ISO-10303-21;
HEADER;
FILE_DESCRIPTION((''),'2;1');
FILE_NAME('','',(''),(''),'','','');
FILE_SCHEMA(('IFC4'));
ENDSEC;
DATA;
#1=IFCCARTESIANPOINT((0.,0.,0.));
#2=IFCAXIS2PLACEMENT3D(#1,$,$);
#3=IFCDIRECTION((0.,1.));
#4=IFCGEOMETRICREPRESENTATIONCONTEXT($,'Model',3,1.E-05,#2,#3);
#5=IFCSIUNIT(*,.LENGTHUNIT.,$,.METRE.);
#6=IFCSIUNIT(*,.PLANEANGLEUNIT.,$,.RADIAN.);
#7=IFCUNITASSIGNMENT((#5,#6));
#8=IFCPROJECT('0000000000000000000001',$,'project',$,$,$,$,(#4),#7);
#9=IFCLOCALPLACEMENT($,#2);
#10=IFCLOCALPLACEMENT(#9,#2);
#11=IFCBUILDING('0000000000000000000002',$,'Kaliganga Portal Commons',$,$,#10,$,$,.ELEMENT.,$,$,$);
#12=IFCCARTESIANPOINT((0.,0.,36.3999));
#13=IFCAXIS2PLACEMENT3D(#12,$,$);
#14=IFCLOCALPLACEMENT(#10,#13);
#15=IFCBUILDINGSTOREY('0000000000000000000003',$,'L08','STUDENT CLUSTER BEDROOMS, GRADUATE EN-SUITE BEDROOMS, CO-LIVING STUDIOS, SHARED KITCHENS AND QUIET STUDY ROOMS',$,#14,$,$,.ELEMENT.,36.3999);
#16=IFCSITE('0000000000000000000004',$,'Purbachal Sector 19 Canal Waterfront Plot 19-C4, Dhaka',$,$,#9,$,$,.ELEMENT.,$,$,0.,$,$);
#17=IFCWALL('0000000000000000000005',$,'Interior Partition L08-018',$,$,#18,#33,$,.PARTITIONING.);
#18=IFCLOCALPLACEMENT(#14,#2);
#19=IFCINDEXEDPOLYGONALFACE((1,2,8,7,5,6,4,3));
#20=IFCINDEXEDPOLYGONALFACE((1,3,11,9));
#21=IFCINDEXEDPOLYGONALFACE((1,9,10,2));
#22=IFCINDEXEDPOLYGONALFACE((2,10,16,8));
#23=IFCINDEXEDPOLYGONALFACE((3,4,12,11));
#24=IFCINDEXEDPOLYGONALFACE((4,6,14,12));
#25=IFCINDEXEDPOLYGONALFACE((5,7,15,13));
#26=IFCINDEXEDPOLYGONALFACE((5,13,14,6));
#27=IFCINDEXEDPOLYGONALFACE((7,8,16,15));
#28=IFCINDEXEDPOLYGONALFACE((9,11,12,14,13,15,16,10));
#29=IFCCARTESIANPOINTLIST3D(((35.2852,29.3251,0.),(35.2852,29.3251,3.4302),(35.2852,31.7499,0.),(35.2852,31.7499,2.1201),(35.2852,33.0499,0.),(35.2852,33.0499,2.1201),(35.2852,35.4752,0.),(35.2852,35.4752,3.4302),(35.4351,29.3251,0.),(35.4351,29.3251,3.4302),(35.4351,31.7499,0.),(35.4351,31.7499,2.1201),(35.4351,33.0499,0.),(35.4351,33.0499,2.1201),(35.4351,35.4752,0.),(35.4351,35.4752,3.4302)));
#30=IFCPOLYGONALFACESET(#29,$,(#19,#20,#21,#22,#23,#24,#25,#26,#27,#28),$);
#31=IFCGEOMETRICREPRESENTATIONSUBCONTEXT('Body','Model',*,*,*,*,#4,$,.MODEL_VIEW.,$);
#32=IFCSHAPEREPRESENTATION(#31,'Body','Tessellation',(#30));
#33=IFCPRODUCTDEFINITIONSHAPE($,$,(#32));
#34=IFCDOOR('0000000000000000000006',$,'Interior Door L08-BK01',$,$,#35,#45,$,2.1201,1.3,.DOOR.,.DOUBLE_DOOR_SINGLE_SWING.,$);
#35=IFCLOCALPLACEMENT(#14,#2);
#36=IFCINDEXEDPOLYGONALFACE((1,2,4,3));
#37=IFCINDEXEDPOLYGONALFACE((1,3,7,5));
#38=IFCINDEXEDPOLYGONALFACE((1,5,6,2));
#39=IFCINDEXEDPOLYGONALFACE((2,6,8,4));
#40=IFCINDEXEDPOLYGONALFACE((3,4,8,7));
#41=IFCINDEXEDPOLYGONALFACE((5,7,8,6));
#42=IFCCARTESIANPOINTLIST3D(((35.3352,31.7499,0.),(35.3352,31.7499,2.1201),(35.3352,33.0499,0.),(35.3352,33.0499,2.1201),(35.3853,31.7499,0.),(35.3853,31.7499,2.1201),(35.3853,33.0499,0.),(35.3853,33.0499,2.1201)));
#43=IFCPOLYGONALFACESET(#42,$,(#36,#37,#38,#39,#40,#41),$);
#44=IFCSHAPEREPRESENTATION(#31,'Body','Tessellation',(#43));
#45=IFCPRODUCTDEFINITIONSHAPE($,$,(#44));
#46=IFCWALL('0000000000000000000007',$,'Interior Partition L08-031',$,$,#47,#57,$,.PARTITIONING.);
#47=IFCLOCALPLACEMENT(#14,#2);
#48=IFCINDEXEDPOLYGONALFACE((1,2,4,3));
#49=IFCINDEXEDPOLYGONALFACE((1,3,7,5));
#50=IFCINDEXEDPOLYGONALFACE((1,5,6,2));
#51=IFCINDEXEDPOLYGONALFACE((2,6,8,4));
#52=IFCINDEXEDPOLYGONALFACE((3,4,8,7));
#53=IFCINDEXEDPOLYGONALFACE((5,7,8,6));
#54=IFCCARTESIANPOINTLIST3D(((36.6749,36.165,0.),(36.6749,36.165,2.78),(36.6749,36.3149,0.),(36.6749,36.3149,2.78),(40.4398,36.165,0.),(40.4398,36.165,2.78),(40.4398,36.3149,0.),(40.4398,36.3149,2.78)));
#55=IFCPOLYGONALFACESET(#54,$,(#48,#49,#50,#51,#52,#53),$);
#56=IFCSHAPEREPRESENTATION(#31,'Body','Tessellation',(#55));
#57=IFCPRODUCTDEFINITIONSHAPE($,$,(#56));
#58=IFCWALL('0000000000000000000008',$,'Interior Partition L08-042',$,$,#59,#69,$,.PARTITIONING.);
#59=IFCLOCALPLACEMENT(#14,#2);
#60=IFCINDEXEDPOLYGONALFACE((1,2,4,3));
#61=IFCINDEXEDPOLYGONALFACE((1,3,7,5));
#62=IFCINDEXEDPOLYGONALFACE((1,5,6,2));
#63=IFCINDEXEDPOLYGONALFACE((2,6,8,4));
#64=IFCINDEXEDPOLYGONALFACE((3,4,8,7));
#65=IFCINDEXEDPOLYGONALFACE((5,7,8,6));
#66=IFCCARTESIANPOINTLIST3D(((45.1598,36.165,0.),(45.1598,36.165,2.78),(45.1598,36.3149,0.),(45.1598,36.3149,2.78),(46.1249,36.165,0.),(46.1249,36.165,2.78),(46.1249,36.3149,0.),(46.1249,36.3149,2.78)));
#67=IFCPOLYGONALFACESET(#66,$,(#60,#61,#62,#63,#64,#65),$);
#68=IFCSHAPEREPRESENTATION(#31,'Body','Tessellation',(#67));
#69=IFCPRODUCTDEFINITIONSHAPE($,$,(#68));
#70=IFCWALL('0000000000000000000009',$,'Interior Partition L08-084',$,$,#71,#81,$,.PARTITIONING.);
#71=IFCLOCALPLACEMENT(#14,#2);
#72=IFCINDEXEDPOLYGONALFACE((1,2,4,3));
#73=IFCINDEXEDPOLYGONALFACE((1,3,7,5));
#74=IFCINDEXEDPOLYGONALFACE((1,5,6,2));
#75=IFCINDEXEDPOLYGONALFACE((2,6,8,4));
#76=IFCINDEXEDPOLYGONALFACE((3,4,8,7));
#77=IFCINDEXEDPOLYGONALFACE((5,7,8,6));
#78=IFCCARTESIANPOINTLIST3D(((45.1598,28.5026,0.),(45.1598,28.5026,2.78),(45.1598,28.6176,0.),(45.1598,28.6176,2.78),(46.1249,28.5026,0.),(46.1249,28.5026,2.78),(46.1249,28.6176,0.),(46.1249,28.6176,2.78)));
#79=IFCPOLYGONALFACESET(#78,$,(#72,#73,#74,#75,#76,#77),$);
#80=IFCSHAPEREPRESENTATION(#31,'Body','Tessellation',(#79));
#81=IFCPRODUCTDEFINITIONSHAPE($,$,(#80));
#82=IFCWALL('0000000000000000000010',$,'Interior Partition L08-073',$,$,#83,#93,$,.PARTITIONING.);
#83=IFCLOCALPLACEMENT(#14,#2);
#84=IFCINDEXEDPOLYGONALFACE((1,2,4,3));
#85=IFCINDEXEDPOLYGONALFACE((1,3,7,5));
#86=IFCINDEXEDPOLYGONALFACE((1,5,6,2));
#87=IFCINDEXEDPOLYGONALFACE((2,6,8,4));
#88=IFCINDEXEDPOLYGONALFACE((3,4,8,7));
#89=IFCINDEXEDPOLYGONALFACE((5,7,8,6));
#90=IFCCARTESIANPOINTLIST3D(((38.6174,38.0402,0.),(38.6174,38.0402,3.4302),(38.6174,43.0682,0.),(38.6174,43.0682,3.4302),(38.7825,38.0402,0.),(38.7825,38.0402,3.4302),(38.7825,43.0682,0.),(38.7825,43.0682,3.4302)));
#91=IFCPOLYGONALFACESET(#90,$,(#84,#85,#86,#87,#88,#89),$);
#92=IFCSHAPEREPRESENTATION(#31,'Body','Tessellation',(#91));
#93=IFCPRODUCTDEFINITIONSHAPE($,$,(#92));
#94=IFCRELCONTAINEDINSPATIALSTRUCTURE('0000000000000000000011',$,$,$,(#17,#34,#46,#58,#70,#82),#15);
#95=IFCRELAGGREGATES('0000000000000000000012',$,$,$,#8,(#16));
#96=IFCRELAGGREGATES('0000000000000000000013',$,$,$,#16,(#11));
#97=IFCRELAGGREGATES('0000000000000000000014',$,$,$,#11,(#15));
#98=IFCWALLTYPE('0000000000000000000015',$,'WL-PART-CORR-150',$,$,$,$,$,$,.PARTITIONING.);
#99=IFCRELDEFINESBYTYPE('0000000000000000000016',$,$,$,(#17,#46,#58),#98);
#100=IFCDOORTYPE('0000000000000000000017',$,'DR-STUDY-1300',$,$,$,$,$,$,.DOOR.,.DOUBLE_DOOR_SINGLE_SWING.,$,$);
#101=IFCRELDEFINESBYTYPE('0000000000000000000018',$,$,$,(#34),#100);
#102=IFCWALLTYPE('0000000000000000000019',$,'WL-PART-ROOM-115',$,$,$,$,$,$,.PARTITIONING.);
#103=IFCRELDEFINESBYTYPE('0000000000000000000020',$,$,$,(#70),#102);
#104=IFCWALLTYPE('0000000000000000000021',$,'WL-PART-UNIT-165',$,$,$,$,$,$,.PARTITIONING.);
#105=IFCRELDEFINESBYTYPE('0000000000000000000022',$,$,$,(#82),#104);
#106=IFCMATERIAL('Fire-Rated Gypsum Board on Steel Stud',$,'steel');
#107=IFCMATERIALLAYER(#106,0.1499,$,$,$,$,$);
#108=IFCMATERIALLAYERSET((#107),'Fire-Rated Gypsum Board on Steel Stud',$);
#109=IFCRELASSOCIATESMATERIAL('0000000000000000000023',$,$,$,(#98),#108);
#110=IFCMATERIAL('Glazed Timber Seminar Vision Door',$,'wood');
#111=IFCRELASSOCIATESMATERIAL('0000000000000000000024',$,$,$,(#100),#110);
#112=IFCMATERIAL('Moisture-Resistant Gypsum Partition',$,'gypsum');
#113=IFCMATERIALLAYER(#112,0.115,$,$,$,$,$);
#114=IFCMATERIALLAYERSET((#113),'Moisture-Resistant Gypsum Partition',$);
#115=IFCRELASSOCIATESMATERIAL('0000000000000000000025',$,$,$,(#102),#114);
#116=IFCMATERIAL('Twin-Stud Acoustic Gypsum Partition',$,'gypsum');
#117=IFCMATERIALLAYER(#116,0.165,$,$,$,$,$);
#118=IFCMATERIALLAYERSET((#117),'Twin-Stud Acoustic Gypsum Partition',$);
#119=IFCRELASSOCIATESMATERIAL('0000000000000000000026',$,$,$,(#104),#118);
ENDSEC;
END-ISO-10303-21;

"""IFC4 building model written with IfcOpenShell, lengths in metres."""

from ifc_helpers import new_model, si_unit, direction, frame, frame_2d, origin, place, context, subcontext, project, spatial, rectangle, extrude, material, layer, layer_set, type_object, element, fill, save


model = new_model("IFC4")

# Units and contexts
model_context = context("Model", 3, precision=1e-05, world=origin(), true_north=direction((0.0, 1.0)))
body_context = subcontext(model_context, "Body", "Model", "MODEL_VIEW")
ifc_project = project(units=[si_unit("LENGTHUNIT", "METRE"), si_unit("PLANEANGLEUNIT", "RADIAN")], contexts=[model_context])

# Site, building, storey
site_placement = place(None, origin())
site = spatial("IfcSite", under=ifc_project, at=site_placement, Name="Purbachal Sector 19 Canal Waterfront Plot 19-C4, Dhaka", CompositionType="ELEMENT", RefElevation=0.0)
building_placement = place(site_placement, origin())
building = spatial("IfcBuilding", under=site, at=building_placement, Name="Kaliganga Portal Commons", CompositionType="ELEMENT")
storey_placement = place(building_placement, frame((0.0, 0.0, 36.3999)))
storey = spatial("IfcBuildingStorey", under=building, at=storey_placement, Name="L08", Description="STUDENT CLUSTER BEDROOMS, GRADUATE EN-SUITE BEDROOMS, CO-LIVING STUDIOS, SHARED KITCHENS AND QUIET STUDY ROOMS", CompositionType="ELEMENT", Elevation=36.3999)

# Wall, opening, door
ifc_material_1 = material(Name="Fire-Rated Gypsum Board on Steel Stud", Category="steel")
ifc_layer_1 = layer(ifc_material_1, 0.1499)
ifc_layer_set_1 = layer_set([ifc_layer_1], Name="Fire-Rated Gypsum Board on Steel Stud")
wall_type_1 = type_object("IfcWallType", Name="WL-PART-CORR-150", PredefinedType="PARTITIONING", material=ifc_layer_set_1)
wall_1_placement = place(storey_placement, frame((35.3601, 29.325, 0.0), z_axis=(0.0, 0.0, 1.0), x_axis=(0.0, 1.0, 0.0)))
wall_1 = element("IfcWall", 1, at=wall_1_placement, inside=storey, type_object=wall_type_1, Name="Interior Partition L08-018", PredefinedType="PARTITIONING", context=body_context, shape_type="SweptSolid", body=[
    extrude(rectangle(XDim=6.1501, YDim=0.1499, at=frame_2d((3.0752, 0.0))), origin(), (0.0, 0.0, 1.0), 3.4302),
])
opening_1_placement = place(wall_1_placement, frame((2.425, 0.0, 0.0)))
opening_1 = element("IfcOpeningElement", 2, at=opening_1_placement, cuts=wall_1, PredefinedType="OPENING", context=body_context, shape_type="SweptSolid", body=[
    extrude(rectangle(XDim=1.3, YDim=2.1201, at=frame_2d((0.6499, 1.0601))), frame((0.0, 0.085, 0.0), z_axis=(0.0, -1.0, 0.0), x_axis=(1.0, 0.0, 0.0)), (0.0, 0.0, 1.0), 0.1699),
])
ifc_material_2 = material(Name="Glazed Timber Seminar Vision Door", Category="wood")
door_type_1 = type_object("IfcDoorType", Name="DR-STUDY-1300", OperationType="DOUBLE_DOOR_SINGLE_SWING", PredefinedType="DOOR", material=ifc_material_2)
door_1_placement = place(opening_1_placement, origin())
door_1 = element("IfcDoor", 3, at=door_1_placement, inside=storey, type_object=door_type_1, Name="Interior Door L08-BK01", OperationType="DOUBLE_DOOR_SINGLE_SWING", OverallHeight=2.1201, OverallWidth=1.3, PredefinedType="DOOR", context=body_context, shape_type="SweptSolid", body=[
    extrude(rectangle(XDim=1.3, YDim=2.1201, at=frame_2d((0.6499, 1.0601))), frame((0.0, 0.0249, 0.0), z_axis=(0.0, -1.0, 0.0), x_axis=(1.0, 0.0, 0.0)), (0.0, 0.0, 1.0), 0.05),
])
fill(opening_1, door_1)

# Wall
wall_2_placement = place(storey_placement, frame((36.675, 36.24, 0.0), z_axis=(0.0, 0.0, 1.0), x_axis=(1.0, 0.0, 0.0)))
element("IfcWall", 4, at=wall_2_placement, inside=storey, type_object=wall_type_1, Name="Interior Partition L08-031", PredefinedType="PARTITIONING", context=body_context, shape_type="SweptSolid", body=[
    extrude(rectangle(XDim=3.7649, YDim=0.1499, at=frame_2d((1.8823, 0.0))), origin(), (0.0, 0.0, 1.0), 2.78),
])

# Walls
wall_3_placement = place(storey_placement, frame((45.1599, 36.24, 0.0), z_axis=(0.0, 0.0, 1.0), x_axis=(1.0, 0.0, 0.0)))
element("IfcWall", 5, at=wall_3_placement, inside=storey, type_object=wall_type_1, Name="Interior Partition L08-042", PredefinedType="PARTITIONING", context=body_context, shape_type="SweptSolid", body=[
    extrude(rectangle(XDim=0.9651, YDim=0.1499, at=frame_2d((0.4824, 0.0))), origin(), (0.0, 0.0, 1.0), 2.78),
])
ifc_material_3 = material(Name="Moisture-Resistant Gypsum Partition", Category="gypsum")
ifc_layer_2 = layer(ifc_material_3, 0.115)
ifc_layer_set_2 = layer_set([ifc_layer_2], Name="Moisture-Resistant Gypsum Partition")
wall_type_2 = type_object("IfcWallType", Name="WL-PART-ROOM-115", PredefinedType="PARTITIONING", material=ifc_layer_set_2)
wall_4_placement = place(storey_placement, frame((45.1599, 28.5601, 0.0), z_axis=(0.0, 0.0, 1.0), x_axis=(1.0, 0.0, 0.0)))
element("IfcWall", 6, at=wall_4_placement, inside=storey, type_object=wall_type_2, Name="Interior Partition L08-084", PredefinedType="PARTITIONING", context=body_context, shape_type="SweptSolid", body=[
    extrude(rectangle(XDim=0.9651, YDim=0.115, at=frame_2d((0.4824, 0.0))), origin(), (0.0, 0.0, 1.0), 2.78),
])
ifc_material_4 = material(Name="Twin-Stud Acoustic Gypsum Partition", Category="gypsum")
ifc_layer_3 = layer(ifc_material_4, 0.165)
ifc_layer_set_3 = layer_set([ifc_layer_3], Name="Twin-Stud Acoustic Gypsum Partition")
wall_type_3 = type_object("IfcWallType", Name="WL-PART-UNIT-165", PredefinedType="PARTITIONING", material=ifc_layer_set_3)
wall_5_placement = place(storey_placement, frame((38.7, 38.04, 0.0), z_axis=(0.0, 0.0, 1.0), x_axis=(0.0, 1.0, 0.0)))
element("IfcWall", 7, at=wall_5_placement, inside=storey, type_object=wall_type_3, Name="Interior Partition L08-073", PredefinedType="PARTITIONING", context=body_context, shape_type="SweptSolid", body=[
    extrude(rectangle(XDim=5.0281, YDim=0.165, at=frame_2d((2.5142, 0.0))), origin(), (0.0, 0.0, 1.0), 3.4302),
])

save(model, "model.ifc")
